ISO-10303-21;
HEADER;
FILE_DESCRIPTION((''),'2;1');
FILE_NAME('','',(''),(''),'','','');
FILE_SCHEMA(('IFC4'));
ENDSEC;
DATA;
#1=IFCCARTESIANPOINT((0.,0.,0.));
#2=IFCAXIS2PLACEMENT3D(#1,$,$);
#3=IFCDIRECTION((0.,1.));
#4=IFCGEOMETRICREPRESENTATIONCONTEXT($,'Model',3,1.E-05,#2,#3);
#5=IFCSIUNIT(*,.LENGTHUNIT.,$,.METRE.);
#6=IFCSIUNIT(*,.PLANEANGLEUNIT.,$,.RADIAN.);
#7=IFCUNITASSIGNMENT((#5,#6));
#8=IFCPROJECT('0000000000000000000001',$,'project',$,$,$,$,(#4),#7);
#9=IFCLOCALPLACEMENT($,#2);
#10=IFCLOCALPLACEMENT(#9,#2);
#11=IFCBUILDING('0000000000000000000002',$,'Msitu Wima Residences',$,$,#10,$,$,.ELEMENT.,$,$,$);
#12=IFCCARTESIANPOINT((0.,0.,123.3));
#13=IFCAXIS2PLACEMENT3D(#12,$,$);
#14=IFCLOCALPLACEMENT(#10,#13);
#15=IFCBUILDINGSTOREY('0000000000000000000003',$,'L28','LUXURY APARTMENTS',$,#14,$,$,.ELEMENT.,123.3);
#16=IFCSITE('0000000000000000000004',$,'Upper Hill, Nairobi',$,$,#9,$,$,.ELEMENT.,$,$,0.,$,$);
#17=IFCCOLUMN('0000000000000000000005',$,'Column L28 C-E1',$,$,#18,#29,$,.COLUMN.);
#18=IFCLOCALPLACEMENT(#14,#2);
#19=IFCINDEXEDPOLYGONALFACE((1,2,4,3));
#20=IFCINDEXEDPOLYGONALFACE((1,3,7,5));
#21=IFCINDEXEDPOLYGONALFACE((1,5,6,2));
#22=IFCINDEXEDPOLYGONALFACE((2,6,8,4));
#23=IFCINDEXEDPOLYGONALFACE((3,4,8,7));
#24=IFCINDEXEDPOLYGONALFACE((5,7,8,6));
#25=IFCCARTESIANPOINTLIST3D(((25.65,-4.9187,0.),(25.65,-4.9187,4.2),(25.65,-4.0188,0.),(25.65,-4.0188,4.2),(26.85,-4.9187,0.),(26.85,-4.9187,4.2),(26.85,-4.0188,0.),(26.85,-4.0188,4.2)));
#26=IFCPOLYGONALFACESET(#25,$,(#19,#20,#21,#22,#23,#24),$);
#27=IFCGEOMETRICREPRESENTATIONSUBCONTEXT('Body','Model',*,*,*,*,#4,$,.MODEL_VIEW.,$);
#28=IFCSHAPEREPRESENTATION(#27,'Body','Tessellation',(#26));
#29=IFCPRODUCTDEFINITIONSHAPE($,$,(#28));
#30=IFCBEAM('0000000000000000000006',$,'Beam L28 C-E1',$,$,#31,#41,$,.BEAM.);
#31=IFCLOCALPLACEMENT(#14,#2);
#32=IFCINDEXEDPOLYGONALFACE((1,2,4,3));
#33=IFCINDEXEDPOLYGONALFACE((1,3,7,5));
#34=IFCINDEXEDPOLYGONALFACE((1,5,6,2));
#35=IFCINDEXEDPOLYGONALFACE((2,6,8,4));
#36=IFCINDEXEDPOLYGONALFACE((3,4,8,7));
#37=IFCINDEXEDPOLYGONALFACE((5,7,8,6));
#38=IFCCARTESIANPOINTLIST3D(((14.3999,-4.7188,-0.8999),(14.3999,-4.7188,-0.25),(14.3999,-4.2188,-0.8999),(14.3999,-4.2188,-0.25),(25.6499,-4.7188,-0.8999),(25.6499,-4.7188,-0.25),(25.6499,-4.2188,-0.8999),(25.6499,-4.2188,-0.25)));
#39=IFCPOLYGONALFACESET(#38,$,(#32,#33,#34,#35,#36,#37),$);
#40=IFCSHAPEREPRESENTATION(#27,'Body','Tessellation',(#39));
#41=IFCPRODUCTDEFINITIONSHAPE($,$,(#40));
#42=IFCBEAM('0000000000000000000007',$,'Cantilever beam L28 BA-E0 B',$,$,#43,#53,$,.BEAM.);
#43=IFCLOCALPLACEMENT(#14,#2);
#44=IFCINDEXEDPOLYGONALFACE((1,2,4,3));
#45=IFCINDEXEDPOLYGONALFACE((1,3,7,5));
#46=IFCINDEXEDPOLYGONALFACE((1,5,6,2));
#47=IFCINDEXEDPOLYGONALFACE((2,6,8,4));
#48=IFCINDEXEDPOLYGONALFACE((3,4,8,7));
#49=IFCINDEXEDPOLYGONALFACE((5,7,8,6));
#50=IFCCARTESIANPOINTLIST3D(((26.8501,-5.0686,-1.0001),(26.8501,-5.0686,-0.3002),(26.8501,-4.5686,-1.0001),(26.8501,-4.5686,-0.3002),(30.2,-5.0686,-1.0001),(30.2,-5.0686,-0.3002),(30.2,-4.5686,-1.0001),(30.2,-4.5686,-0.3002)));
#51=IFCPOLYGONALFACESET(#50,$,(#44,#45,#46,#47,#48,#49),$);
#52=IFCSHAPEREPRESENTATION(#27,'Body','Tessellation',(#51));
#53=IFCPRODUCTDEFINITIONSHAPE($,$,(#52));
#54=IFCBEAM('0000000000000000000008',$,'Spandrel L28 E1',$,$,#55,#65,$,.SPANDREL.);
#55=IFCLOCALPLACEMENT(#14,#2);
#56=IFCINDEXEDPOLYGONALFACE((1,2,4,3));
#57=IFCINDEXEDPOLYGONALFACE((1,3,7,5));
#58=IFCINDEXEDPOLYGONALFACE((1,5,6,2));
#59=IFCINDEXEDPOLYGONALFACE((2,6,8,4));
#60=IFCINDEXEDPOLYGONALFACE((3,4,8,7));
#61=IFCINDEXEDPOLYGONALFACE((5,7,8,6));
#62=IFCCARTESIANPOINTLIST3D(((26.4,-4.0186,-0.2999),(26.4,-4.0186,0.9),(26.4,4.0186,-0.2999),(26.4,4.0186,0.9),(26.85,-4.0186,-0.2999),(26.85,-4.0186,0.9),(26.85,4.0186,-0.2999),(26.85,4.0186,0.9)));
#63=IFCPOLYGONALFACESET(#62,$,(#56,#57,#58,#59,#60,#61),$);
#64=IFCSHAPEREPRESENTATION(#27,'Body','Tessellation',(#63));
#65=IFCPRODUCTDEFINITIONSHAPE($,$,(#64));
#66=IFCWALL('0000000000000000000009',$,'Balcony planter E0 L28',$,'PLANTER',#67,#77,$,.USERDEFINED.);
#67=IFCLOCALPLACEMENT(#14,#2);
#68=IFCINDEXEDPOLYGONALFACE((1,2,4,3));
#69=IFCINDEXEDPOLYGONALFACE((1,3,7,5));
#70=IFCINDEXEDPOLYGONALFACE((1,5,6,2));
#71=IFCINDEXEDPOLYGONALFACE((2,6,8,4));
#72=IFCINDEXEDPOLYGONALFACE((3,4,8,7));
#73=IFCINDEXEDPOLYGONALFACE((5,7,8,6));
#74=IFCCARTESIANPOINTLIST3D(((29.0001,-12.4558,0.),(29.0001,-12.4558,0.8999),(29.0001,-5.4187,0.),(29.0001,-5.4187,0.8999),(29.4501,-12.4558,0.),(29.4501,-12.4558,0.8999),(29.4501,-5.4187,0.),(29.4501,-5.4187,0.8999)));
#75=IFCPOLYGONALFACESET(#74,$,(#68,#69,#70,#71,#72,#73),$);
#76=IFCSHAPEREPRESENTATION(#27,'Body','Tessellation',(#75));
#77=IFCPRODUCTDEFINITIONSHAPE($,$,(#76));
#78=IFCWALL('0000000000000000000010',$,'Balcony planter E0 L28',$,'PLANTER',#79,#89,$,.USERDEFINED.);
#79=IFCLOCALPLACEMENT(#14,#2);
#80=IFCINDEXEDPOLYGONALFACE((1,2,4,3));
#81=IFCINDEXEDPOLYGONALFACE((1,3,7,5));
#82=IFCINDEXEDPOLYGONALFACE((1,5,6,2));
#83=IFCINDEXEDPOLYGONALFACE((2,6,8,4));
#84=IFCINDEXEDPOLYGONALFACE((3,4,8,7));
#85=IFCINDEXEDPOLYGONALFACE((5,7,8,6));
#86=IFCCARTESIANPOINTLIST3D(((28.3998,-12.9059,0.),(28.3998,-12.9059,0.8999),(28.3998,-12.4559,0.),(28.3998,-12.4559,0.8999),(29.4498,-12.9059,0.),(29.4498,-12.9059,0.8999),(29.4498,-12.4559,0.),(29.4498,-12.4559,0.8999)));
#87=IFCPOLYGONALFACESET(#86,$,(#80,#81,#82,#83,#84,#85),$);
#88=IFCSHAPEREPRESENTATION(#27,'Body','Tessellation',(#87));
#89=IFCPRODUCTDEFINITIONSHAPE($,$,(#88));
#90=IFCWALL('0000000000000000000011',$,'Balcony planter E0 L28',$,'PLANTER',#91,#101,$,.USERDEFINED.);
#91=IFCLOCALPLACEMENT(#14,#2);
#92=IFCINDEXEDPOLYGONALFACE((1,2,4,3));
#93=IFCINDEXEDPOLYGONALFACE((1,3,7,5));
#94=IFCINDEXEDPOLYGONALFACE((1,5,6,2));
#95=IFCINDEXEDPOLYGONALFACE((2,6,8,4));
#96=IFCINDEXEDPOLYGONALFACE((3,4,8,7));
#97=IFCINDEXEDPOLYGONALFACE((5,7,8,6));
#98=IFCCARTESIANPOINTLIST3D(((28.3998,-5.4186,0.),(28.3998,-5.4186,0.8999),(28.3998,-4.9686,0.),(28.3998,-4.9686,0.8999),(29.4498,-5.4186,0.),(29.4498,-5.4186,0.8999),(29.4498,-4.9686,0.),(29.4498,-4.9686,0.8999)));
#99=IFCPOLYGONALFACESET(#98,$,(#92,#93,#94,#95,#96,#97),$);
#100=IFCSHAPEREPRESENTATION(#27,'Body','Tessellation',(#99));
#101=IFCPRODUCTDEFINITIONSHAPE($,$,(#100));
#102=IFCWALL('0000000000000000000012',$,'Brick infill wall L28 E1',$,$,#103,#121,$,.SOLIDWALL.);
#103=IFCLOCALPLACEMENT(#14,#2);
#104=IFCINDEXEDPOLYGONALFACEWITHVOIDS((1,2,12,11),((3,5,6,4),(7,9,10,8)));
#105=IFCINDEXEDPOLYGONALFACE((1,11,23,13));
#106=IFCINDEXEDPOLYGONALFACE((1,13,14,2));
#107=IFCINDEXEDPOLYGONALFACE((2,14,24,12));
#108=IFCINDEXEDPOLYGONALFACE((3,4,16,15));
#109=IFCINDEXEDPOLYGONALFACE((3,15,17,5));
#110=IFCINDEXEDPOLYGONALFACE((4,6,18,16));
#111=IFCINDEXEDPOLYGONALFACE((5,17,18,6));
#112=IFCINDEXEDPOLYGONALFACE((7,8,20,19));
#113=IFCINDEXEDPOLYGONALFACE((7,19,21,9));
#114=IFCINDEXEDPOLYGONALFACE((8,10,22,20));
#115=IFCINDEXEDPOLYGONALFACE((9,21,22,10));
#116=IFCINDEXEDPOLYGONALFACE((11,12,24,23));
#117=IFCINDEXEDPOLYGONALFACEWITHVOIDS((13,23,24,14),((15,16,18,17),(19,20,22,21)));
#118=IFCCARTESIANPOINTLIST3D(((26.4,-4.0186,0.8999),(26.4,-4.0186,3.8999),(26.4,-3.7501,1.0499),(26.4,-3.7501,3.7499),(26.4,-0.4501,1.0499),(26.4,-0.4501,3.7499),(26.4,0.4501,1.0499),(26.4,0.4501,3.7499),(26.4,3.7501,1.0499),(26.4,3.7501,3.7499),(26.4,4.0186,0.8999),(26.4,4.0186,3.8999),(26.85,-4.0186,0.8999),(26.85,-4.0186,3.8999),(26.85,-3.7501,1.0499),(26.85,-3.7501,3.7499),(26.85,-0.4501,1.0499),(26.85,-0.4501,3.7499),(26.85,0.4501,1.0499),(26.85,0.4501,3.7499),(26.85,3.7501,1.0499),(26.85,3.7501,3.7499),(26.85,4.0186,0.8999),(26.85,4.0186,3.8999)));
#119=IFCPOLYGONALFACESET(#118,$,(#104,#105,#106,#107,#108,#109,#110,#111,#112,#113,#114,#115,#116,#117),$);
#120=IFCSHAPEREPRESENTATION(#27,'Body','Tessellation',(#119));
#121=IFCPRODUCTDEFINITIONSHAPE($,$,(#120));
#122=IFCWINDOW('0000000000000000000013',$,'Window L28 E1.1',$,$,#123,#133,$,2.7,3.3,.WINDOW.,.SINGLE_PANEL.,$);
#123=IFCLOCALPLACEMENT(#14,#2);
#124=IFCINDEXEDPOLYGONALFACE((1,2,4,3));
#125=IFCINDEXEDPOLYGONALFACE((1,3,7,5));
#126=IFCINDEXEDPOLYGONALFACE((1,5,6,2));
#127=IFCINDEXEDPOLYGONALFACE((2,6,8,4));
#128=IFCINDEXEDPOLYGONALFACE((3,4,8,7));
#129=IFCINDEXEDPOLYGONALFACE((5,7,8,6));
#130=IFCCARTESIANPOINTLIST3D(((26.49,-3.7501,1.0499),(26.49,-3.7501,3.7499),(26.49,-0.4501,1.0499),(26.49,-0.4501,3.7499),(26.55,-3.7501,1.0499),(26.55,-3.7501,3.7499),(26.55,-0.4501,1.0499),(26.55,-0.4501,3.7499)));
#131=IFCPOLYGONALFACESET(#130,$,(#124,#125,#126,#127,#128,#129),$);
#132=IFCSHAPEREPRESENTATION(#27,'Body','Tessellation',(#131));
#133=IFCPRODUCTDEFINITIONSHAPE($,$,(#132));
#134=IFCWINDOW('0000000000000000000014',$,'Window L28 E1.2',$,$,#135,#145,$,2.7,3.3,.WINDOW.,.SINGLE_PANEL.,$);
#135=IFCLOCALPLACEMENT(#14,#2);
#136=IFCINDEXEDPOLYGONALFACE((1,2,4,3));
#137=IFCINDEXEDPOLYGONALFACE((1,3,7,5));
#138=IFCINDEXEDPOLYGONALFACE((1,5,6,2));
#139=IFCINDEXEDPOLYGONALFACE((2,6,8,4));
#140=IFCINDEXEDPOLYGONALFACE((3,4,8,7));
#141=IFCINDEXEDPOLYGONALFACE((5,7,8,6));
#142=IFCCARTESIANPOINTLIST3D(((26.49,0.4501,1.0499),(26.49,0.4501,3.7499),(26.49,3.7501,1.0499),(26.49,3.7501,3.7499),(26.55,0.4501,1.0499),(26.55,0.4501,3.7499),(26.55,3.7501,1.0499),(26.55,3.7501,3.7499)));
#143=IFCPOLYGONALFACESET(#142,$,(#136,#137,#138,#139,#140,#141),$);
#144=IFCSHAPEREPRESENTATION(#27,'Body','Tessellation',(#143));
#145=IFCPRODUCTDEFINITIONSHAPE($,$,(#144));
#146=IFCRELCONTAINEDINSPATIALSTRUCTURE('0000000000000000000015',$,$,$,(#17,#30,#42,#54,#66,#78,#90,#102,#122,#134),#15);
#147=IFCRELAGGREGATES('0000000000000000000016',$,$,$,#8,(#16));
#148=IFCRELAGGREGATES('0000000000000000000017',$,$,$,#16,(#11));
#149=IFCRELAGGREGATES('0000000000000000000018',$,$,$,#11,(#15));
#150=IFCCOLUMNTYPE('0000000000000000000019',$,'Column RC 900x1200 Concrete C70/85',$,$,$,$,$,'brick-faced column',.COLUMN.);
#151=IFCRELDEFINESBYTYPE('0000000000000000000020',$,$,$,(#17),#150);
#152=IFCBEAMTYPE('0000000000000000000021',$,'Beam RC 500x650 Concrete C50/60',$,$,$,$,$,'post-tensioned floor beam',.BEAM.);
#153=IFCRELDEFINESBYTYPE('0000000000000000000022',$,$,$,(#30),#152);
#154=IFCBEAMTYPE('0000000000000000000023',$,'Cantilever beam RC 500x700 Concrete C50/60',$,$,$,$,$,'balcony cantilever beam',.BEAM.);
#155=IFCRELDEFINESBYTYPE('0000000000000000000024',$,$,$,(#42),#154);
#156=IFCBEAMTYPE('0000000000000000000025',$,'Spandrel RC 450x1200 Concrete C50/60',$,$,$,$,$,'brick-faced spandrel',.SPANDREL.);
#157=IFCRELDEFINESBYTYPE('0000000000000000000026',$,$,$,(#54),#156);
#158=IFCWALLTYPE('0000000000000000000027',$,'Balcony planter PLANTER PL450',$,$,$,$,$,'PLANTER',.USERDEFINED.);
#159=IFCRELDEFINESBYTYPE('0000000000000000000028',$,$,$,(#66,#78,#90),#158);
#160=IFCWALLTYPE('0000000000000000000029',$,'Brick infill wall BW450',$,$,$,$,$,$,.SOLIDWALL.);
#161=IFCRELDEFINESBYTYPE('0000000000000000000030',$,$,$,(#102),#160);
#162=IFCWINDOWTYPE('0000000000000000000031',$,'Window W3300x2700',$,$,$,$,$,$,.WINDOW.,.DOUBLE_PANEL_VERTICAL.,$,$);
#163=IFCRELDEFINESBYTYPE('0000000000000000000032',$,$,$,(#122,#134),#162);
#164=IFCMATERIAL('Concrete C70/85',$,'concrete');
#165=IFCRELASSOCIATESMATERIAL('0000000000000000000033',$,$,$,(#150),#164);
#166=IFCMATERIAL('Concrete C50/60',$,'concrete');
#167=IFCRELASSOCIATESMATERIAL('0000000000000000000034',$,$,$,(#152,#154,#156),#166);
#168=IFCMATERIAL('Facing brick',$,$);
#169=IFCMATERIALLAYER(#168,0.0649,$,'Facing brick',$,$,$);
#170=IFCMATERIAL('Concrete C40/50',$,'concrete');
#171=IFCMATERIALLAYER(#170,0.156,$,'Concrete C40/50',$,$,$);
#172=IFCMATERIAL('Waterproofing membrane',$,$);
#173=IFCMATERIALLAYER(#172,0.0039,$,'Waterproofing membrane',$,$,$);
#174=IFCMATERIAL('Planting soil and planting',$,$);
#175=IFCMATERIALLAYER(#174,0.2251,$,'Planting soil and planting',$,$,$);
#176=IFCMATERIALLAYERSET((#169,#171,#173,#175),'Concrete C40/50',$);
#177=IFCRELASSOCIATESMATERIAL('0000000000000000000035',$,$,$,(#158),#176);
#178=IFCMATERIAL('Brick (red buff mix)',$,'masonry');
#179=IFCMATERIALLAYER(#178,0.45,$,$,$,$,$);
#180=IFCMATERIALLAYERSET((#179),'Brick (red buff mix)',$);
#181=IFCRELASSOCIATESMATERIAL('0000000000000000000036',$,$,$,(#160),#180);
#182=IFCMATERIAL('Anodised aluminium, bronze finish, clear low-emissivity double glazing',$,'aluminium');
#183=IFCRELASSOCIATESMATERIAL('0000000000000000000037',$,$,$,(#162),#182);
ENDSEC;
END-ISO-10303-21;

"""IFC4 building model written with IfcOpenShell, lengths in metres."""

from ifc_helpers import new_model, si_unit, direction, frame, frame_2d, origin, origin_2d, place, context, subcontext, project, spatial, rectangle, extrude, material, layer, layer_set, material_profile, profile_set, type_object, element, fill, save


model = new_model("IFC4")

# Units and contexts
model_context = context("Model", 3, precision=1e-05, world=origin(), true_north=direction((0.0, 1.0)))
body_context = subcontext(model_context, "Body", "Model", "MODEL_VIEW")
ifc_project = project(units=[si_unit("LENGTHUNIT", "METRE"), si_unit("PLANEANGLEUNIT", "RADIAN")], contexts=[model_context])

# Site, building, storey
site_placement = place(None, origin())
site = spatial("IfcSite", under=ifc_project, at=site_placement, Name="Upper Hill, Nairobi", CompositionType="ELEMENT", RefElevation=0.0)
building_placement = place(site_placement, origin())
building = spatial("IfcBuilding", under=site, at=building_placement, Name="Msitu Wima Residences", CompositionType="ELEMENT")
storey_placement = place(building_placement, frame((0.0, 0.0, 123.3)))
storey = spatial("IfcBuildingStorey", under=building, at=storey_placement, Name="L28", Description="LUXURY APARTMENTS", CompositionType="ELEMENT", Elevation=123.3)

# Column
ifc_material_1 = material(Name="Concrete C70/85", Category="concrete")
ifc_material_profile_1 = material_profile(ifc_material_1, rectangle(XDim=0.8999, YDim=1.2, at=origin_2d()), Name="RC 900x1200")
ifc_profile_set_1 = profile_set([ifc_material_profile_1], Name="Concrete C70/85")
column_type = type_object("IfcColumnType", Name="Column RC 900x1200 Concrete C70/85", ElementType="brick-faced column", PredefinedType="COLUMN", material=ifc_profile_set_1)
column_placement = place(storey_placement, frame((26.25, -4.4688, 0.0), z_axis=(0.0, 0.0, 1.0), x_axis=(0.0, 1.0, 0.0)))
element("IfcColumn", 1, at=column_placement, inside=storey, type_object=column_type, Name="Column L28 C-E1", PredefinedType="COLUMN", context=body_context, shape_type="SweptSolid", body=[
    extrude(rectangle(XDim=0.8999, YDim=1.2, at=origin_2d()), origin(), (0.0, 0.0, 1.0), 4.2),
])

# Beams
ifc_material_2 = material(Name="Concrete C50/60", Category="concrete")
ifc_material_profile_2 = material_profile(ifc_material_2, rectangle(XDim=0.5, YDim=0.6499, at=origin_2d()), Name="RC 500x650")
ifc_profile_set_2 = profile_set([ifc_material_profile_2], Name="Concrete C50/60")
beam_type_1 = type_object("IfcBeamType", Name="Beam RC 500x650 Concrete C50/60", ElementType="post-tensioned floor beam", PredefinedType="BEAM", material=ifc_profile_set_2)
beam_1_placement = place(storey_placement, frame((25.6499, -4.4688, -0.575), z_axis=(-1.0, 0.0, 0.0), x_axis=(0.0, -1.0, 0.0)))
element("IfcBeam", 2, at=beam_1_placement, inside=storey, type_object=beam_type_1, Name="Beam L28 C-E1", PredefinedType="BEAM", context=body_context, shape_type="SweptSolid", body=[
    extrude(rectangle(XDim=0.5, YDim=0.6499, at=origin_2d()), origin(), (0.0, 0.0, 1.0), 11.25),
])
ifc_material_profile_3 = material_profile(ifc_material_2, rectangle(XDim=0.5, YDim=0.7, at=origin_2d()), Name="RC 500x700")
ifc_profile_set_3 = profile_set([ifc_material_profile_3], Name="Concrete C50/60")
beam_type_2 = type_object("IfcBeamType", Name="Cantilever beam RC 500x700 Concrete C50/60", ElementType="balcony cantilever beam", PredefinedType="BEAM", material=ifc_profile_set_3)
beam_2_placement = place(storey_placement, frame((26.8501, -4.8186, -0.6501), z_axis=(1.0, 0.0, 0.0), x_axis=(0.0, 1.0, 0.0)))
element("IfcBeam", 3, at=beam_2_placement, inside=storey, type_object=beam_type_2, Name="Cantilever beam L28 BA-E0 B", PredefinedType="BEAM", context=body_context, shape_type="SweptSolid", body=[
    extrude(rectangle(XDim=0.5, YDim=0.7, at=origin_2d()), origin(), (0.0, 0.0, 1.0), 3.3499),
])
ifc_material_profile_4 = material_profile(ifc_material_2, rectangle(XDim=0.45, YDim=1.2, at=origin_2d()), Name="RC 450x1200")
ifc_profile_set_4 = profile_set([ifc_material_profile_4], Name="Concrete C50/60")
beam_type_3 = type_object("IfcBeamType", Name="Spandrel RC 450x1200 Concrete C50/60", ElementType="brick-faced spandrel", PredefinedType="SPANDREL", material=ifc_profile_set_4)
beam_3_placement = place(storey_placement, frame((26.625, -4.0186, 0.3), z_axis=(0.0, 1.0, 0.0), x_axis=(-1.0, 0.0, 0.0)))
element("IfcBeam", 4, at=beam_3_placement, inside=storey, type_object=beam_type_3, Name="Spandrel L28 E1", PredefinedType="SPANDREL", context=body_context, shape_type="SweptSolid", body=[
    extrude(rectangle(XDim=0.45, YDim=1.2, at=origin_2d()), origin(), (0.0, 0.0, 1.0), 8.0371),
])

# Walls
ifc_material_3 = material(Name="Facing brick")
ifc_layer_1 = layer(ifc_material_3, 0.0649, Name="Facing brick")
ifc_material_4 = material(Name="Concrete C40/50", Category="concrete")
ifc_layer_2 = layer(ifc_material_4, 0.156, Name="Concrete C40/50")
ifc_material_5 = material(Name="Waterproofing membrane")
ifc_layer_3 = layer(ifc_material_5, 0.0039, Name="Waterproofing membrane")
ifc_material_6 = material(Name="Planting soil and planting")
ifc_layer_4 = layer(ifc_material_6, 0.2251, Name="Planting soil and planting")
ifc_layer_set_1 = layer_set([ifc_layer_1, ifc_layer_2, ifc_layer_3, ifc_layer_4], Name="Concrete C40/50")
wall_type_1 = type_object("IfcWallType", Name="Balcony planter PLANTER PL450", ElementType="PLANTER", PredefinedType="USERDEFINED", material=ifc_layer_set_1)
wall_1_placement = place(storey_placement, frame((29.2251, -12.4558, 0.0), z_axis=(0.0, 0.0, 1.0), x_axis=(0.0, 1.0, 0.0)))
element("IfcWall", 5, at=wall_1_placement, inside=storey, type_object=wall_type_1, Name="Balcony planter E0 L28", ObjectType="PLANTER", PredefinedType="USERDEFINED", context=body_context, shape_type="SweptSolid", body=[
    extrude(rectangle(XDim=7.0371, YDim=0.45, at=frame_2d((3.5186, 0.0))), origin(), (0.0, 0.0, 1.0), 0.8999),
])
for number, where, z_axis, x_axis, name in (
    (6, (28.3999, -12.6809, 0.0), (0.0, 0.0, 1.0), (1.0, 0.0, 0.0), "Balcony planter E0 L28"),
    (7, (28.3999, -5.1936, 0.0), (0.0, 0.0, 1.0), (1.0, 0.0, 0.0), "Balcony planter E0 L28"),
):
    element("IfcWall", number, at=place(storey_placement, frame(where, z_axis=z_axis, x_axis=x_axis)), inside=storey, type_object=wall_type_1, Name=name, ObjectType="PLANTER", PredefinedType="USERDEFINED", context=body_context, shape_type="SweptSolid", body=[
        extrude(rectangle(XDim=1.05, YDim=0.45, at=frame_2d((0.5249, 0.0))), origin(), (0.0, 0.0, 1.0), 0.8999),
    ])

# Wall, openings, windows
ifc_material_7 = material(Name="Brick (red buff mix)", Category="masonry")
ifc_layer_5 = layer(ifc_material_7, 0.45)
ifc_layer_set_2 = layer_set([ifc_layer_5], Name="Brick (red buff mix)")
wall_type_2 = type_object("IfcWallType", Name="Brick infill wall BW450", PredefinedType="SOLIDWALL", material=ifc_layer_set_2)
wall_2_placement = place(storey_placement, frame((26.625, -4.0186, 0.8999), z_axis=(0.0, 0.0, 1.0), x_axis=(0.0, 1.0, 0.0)))
wall_2 = element("IfcWall", 8, at=wall_2_placement, inside=storey, type_object=wall_type_2, Name="Brick infill wall L28 E1", PredefinedType="SOLIDWALL", context=body_context, shape_type="SweptSolid", body=[
    extrude(rectangle(XDim=8.0371, YDim=0.45, at=frame_2d((4.0186, 0.0))), origin(), (0.0, 0.0, 1.0), 3.0),
])
opening_1_placement = place(wall_2_placement, frame((0.2686, 0.0, 0.1499)))
opening_1 = element("IfcOpeningElement", 9, at=opening_1_placement, cuts=wall_2, PredefinedType="OPENING", context=body_context, shape_type="SweptSolid", body=[
    extrude(rectangle(XDim=3.3, YDim=2.7, at=frame_2d((1.6499, 1.3501))), frame((0.0, 0.2349, 0.0), z_axis=(0.0, -1.0, 0.0), x_axis=(1.0, 0.0, 0.0)), (0.0, 0.0, 1.0), 0.47),
])
opening_2_placement = place(wall_2_placement, frame((4.4688, 0.0, 0.1499)))
opening_2 = element("IfcOpeningElement", 10, at=opening_2_placement, cuts=wall_2, PredefinedType="OPENING", context=body_context, shape_type="SweptSolid", body=[
    extrude(rectangle(XDim=3.3, YDim=2.7, at=frame_2d((1.6499, 1.3501))), frame((0.0, 0.2349, 0.0), z_axis=(0.0, -1.0, 0.0), x_axis=(1.0, 0.0, 0.0)), (0.0, 0.0, 1.0), 0.47),
])
ifc_material_8 = material(Name="Anodised aluminium, bronze finish, clear low-emissivity double glazing", Category="aluminium")
window_type = type_object("IfcWindowType", Name="Window W3300x2700", PartitioningType="DOUBLE_PANEL_VERTICAL", PredefinedType="WINDOW", material=ifc_material_8)
window_1_placement = place(opening_1_placement, origin())
window_1 = element("IfcWindow", 11, at=window_1_placement, inside=storey, type_object=window_type, Name="Window L28 E1.1", OverallHeight=2.7, OverallWidth=3.3, PartitioningType="SINGLE_PANEL", PredefinedType="WINDOW", context=body_context, shape_type="SweptSolid", body=[
    extrude(rectangle(XDim=3.3, YDim=2.7, at=frame_2d((1.6499, 1.3501))), frame((0.0, 0.135, 0.0), z_axis=(0.0, -1.0, 0.0), x_axis=(1.0, 0.0, 0.0)), (0.0, 0.0, 1.0), 0.0601),
])
fill(opening_1, window_1)
window_2_placement = place(opening_2_placement, origin())
window_2 = element("IfcWindow", 12, at=window_2_placement, inside=storey, type_object=window_type, Name="Window L28 E1.2", OverallHeight=2.7, OverallWidth=3.3, PartitioningType="SINGLE_PANEL", PredefinedType="WINDOW", context=body_context, shape_type="SweptSolid", body=[
    extrude(rectangle(XDim=3.3, YDim=2.7, at=frame_2d((1.6499, 1.3501))), frame((0.0, 0.135, 0.0), z_axis=(0.0, -1.0, 0.0), x_axis=(1.0, 0.0, 0.0)), (0.0, 0.0, 1.0), 0.0601),
])
fill(opening_2, window_2)

save(model, "model.ifc")
